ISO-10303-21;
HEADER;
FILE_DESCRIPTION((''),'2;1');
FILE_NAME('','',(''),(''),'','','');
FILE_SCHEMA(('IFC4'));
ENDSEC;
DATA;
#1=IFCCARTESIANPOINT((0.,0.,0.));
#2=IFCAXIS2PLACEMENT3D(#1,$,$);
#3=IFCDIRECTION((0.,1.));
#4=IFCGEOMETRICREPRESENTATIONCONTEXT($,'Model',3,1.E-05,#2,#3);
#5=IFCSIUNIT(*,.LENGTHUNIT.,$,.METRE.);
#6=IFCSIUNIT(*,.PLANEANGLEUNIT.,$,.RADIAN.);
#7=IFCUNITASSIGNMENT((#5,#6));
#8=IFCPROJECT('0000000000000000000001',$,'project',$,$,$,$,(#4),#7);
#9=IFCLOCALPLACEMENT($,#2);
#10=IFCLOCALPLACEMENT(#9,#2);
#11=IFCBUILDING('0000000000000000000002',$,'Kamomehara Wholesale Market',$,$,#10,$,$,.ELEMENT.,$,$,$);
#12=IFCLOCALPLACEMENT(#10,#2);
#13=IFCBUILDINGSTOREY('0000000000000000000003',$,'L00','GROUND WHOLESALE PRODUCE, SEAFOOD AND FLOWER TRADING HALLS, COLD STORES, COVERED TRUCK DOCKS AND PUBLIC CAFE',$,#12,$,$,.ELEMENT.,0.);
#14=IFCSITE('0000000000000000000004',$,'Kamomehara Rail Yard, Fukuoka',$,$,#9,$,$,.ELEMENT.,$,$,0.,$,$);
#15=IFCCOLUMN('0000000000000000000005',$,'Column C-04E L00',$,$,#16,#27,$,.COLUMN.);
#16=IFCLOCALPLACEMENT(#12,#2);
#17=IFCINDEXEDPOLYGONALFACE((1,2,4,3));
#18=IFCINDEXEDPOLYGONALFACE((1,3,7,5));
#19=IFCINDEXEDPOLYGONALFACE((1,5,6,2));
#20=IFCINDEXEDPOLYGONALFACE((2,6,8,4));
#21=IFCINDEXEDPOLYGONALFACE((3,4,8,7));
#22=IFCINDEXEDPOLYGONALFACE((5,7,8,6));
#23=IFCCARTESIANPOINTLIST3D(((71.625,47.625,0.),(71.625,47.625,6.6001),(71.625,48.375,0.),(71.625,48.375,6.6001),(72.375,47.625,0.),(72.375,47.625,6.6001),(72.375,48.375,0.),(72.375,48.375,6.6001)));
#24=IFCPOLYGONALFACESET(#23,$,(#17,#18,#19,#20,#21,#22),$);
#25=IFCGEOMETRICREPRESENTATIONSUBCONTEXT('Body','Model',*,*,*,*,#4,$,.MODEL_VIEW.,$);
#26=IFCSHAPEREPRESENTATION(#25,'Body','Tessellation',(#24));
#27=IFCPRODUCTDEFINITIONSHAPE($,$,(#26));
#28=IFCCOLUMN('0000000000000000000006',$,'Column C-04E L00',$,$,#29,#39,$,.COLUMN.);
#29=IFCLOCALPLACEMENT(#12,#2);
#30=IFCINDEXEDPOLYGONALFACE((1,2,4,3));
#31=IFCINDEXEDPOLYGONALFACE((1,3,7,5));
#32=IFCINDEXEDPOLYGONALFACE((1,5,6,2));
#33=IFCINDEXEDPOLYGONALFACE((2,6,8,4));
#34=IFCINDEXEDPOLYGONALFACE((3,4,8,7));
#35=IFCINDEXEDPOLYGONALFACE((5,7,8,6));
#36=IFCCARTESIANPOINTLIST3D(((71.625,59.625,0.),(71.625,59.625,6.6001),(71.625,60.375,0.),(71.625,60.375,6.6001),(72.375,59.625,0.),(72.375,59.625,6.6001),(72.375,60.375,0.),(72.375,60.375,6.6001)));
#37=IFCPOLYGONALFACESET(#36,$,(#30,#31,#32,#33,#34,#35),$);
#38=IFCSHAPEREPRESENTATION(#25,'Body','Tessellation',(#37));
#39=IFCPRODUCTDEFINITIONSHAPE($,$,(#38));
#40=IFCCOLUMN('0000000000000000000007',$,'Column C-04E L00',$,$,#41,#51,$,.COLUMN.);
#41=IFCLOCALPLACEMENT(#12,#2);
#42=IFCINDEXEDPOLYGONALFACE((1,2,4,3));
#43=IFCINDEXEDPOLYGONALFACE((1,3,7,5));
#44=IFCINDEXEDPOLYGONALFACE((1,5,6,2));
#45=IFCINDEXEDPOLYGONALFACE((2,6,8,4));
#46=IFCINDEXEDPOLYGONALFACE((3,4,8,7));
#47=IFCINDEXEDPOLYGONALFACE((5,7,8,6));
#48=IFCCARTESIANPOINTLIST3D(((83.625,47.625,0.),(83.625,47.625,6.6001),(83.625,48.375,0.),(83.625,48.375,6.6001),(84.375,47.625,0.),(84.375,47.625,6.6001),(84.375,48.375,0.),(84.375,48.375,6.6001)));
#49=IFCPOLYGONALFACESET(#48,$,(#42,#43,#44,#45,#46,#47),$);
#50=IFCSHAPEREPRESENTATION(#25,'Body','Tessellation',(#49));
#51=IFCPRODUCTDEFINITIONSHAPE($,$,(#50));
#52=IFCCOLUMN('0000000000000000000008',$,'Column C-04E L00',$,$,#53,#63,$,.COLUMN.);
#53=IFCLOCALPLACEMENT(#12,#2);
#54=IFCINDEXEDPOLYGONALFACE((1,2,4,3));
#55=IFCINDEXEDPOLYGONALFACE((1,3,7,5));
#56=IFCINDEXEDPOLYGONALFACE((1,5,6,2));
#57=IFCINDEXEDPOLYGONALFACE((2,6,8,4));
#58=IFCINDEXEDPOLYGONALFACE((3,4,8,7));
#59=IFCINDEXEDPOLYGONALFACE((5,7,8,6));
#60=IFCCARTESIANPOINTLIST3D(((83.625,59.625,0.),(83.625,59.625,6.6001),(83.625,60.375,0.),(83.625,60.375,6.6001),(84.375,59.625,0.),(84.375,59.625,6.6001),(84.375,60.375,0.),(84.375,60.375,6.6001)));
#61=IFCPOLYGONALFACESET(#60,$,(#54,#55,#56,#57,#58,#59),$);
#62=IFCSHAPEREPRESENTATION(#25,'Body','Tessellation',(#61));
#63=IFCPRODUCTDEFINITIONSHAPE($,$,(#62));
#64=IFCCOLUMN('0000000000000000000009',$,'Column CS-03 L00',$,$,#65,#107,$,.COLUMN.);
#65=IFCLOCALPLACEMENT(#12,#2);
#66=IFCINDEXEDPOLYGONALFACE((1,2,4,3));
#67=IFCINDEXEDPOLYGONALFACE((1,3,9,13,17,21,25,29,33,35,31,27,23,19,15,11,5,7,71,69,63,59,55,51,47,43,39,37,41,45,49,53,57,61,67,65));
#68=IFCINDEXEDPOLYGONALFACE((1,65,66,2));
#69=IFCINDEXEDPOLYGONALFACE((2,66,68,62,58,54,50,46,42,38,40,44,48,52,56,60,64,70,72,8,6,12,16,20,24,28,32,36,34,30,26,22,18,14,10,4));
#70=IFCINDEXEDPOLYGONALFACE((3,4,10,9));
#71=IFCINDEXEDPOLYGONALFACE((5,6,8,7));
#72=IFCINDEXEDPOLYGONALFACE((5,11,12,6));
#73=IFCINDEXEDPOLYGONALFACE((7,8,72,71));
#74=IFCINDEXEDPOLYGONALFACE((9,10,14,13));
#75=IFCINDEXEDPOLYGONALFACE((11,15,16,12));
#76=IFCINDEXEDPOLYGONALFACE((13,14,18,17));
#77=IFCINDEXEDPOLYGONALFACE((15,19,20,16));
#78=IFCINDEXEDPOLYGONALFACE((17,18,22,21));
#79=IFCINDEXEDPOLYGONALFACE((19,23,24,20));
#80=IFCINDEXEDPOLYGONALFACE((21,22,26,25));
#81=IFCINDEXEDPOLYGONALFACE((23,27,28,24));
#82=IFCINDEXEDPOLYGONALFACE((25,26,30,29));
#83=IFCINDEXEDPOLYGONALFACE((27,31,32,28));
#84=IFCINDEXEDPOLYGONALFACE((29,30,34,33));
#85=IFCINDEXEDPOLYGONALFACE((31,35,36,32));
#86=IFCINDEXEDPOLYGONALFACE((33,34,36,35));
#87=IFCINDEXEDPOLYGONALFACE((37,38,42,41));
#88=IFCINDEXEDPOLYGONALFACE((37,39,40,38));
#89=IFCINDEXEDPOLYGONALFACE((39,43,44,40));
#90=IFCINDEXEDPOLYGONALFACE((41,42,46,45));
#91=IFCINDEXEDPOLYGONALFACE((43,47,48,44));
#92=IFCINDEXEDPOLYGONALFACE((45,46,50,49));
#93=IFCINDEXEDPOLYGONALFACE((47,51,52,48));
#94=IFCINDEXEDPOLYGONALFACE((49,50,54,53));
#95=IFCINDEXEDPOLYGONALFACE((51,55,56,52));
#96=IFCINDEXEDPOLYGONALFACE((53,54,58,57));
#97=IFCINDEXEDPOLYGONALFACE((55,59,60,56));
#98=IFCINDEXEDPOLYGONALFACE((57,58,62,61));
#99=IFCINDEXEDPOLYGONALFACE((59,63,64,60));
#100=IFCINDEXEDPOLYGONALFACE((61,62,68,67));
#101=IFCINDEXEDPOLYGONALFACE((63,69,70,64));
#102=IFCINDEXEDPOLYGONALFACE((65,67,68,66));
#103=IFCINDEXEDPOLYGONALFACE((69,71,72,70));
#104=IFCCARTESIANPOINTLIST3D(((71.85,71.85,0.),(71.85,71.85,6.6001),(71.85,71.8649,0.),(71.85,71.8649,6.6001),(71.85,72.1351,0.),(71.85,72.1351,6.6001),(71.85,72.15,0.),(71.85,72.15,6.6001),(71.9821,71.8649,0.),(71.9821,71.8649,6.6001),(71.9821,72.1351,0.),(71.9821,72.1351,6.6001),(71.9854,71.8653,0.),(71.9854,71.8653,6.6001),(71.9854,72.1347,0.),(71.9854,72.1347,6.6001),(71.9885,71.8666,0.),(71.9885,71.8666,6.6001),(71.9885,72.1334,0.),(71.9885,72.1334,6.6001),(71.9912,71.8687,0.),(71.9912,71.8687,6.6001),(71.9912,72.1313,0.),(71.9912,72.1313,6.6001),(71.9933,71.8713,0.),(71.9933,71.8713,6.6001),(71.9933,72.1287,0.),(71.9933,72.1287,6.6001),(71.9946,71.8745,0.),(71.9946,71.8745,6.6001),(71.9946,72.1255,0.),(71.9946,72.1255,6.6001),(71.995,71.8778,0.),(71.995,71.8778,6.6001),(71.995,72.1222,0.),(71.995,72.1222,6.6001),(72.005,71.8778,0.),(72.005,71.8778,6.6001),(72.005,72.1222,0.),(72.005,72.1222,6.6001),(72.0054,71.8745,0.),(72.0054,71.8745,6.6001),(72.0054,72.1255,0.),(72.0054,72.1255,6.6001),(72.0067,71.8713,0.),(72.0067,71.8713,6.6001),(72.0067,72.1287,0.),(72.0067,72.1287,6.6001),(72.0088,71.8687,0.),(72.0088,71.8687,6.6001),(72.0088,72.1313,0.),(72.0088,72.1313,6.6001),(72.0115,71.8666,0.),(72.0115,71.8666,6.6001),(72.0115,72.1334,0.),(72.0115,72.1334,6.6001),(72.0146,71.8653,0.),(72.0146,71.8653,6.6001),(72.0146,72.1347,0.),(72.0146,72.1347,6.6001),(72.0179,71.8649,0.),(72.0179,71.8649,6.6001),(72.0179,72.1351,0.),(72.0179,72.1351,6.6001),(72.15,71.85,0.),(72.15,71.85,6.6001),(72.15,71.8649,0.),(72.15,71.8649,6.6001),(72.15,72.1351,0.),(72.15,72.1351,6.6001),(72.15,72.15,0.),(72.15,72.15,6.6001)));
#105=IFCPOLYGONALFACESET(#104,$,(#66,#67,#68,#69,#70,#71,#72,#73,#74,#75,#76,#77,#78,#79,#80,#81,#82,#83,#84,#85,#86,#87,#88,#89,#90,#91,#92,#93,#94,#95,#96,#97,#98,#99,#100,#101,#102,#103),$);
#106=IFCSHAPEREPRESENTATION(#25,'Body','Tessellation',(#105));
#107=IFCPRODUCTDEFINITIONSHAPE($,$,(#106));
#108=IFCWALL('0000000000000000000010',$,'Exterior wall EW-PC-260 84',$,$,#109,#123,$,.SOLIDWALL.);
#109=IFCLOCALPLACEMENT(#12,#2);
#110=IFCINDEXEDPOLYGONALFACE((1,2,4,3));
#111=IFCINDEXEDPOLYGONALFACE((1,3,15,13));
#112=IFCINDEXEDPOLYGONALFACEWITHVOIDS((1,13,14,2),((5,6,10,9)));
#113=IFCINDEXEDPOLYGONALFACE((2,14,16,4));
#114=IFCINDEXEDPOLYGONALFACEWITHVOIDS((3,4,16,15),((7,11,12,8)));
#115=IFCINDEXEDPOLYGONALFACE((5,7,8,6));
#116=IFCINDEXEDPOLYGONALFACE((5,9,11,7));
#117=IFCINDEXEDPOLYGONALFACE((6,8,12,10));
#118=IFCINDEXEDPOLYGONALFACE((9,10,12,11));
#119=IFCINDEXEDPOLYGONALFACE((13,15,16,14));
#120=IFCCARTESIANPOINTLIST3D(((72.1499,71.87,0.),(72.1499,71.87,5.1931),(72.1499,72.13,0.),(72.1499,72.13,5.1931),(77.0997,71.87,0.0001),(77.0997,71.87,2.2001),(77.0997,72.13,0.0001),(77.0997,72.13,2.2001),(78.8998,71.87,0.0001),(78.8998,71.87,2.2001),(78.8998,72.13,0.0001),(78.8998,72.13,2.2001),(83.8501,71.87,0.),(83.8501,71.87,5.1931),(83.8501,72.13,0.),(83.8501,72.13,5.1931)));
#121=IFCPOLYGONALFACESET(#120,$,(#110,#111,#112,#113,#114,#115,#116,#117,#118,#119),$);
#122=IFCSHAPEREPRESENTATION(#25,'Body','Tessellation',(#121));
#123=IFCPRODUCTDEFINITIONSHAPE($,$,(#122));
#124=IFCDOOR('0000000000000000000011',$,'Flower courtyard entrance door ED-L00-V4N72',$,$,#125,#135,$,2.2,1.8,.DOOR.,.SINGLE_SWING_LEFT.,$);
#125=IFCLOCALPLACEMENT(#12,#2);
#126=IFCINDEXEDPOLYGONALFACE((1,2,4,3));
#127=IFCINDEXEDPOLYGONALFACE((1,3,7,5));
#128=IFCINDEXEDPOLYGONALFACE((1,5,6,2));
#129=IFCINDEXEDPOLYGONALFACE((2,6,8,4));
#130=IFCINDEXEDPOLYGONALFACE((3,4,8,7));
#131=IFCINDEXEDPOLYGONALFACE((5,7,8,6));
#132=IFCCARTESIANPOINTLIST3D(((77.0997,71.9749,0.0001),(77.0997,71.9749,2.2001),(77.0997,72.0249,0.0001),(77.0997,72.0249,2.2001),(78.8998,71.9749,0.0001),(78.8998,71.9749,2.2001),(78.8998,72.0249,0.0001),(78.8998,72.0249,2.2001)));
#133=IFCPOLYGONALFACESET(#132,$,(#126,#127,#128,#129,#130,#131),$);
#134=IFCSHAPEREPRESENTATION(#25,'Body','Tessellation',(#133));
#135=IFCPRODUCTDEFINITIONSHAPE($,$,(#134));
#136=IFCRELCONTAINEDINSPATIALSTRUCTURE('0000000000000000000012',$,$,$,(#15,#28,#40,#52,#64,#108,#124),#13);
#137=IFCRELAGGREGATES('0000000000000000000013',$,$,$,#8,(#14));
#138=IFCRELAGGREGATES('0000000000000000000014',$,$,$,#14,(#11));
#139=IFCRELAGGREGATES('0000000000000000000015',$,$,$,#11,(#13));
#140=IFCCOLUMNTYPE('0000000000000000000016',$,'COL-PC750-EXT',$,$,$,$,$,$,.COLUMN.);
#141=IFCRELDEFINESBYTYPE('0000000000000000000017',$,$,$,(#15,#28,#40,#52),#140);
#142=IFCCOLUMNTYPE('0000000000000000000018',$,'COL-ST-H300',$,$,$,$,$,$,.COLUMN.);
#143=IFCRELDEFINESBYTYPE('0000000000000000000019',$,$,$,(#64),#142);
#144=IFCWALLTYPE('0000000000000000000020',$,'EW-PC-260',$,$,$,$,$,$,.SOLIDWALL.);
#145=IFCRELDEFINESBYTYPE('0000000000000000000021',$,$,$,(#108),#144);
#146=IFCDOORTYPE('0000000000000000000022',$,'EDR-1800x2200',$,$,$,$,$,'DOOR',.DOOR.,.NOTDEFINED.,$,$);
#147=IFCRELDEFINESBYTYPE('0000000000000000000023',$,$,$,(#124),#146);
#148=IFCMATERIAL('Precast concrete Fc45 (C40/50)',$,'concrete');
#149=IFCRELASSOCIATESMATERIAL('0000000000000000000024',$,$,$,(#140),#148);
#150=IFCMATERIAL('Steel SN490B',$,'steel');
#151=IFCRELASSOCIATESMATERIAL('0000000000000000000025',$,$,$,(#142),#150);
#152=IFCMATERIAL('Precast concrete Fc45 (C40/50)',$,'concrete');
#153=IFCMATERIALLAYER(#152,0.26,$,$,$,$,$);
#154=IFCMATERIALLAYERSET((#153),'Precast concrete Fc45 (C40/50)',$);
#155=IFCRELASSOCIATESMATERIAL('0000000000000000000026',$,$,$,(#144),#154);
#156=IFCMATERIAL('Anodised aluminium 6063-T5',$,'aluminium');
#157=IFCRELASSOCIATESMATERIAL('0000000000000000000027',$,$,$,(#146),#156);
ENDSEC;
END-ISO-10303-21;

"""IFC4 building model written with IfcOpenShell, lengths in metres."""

from ifc_helpers import new_model, si_unit, direction, frame, frame_2d, origin, origin_2d, place, context, subcontext, project, spatial, rectangle, i_section, extrude, material, layer, layer_set, material_profile, profile_set, type_object, element, fill, save


model = new_model("IFC4")

# Units and contexts
model_context = context("Model", 3, precision=1e-05, world=origin(), true_north=direction((0.0, 1.0)))
body_context = subcontext(model_context, "Body", "Model", "MODEL_VIEW")
ifc_project = project(units=[si_unit("LENGTHUNIT", "METRE"), si_unit("PLANEANGLEUNIT", "RADIAN")], contexts=[model_context])

# Site, building, storey
site_placement = place(None, origin())
site = spatial("IfcSite", under=ifc_project, at=site_placement, Name="Kamomehara Rail Yard, Fukuoka", CompositionType="ELEMENT", RefElevation=0.0)
building_placement = place(site_placement, origin())
building = spatial("IfcBuilding", under=site, at=building_placement, Name="Kamomehara Wholesale Market", CompositionType="ELEMENT")
storey_placement = place(building_placement, origin())
storey = spatial("IfcBuildingStorey", under=building, at=storey_placement, Name="L00", Description="GROUND WHOLESALE PRODUCE, SEAFOOD AND FLOWER TRADING HALLS, COLD STORES, COVERED TRUCK DOCKS AND PUBLIC CAFE", CompositionType="ELEMENT", Elevation=0.0)

# Columns
ifc_material_1 = material(Name="Precast concrete Fc45 (C40/50)", Category="concrete")
ifc_material_profile_1 = material_profile(ifc_material_1, rectangle(XDim=0.75, YDim=0.75, at=origin_2d()), Name="PC-COL-750x750")
ifc_profile_set_1 = profile_set([ifc_material_profile_1], Name="Precast concrete Fc45 (C40/50)")
column_type_1 = type_object("IfcColumnType", Name="COL-PC750-EXT", PredefinedType="COLUMN", material=ifc_profile_set_1)
for number, where, z_axis, x_axis, name in (
    (1, (72.0, 48.0, 0.0), (0.0, 0.0, 1.0), (1.0, 0.0, 0.0), "Column C-04E L00"),
    (2, (72.0, 60.0, 0.0), (0.0, 0.0, 1.0), (1.0, 0.0, 0.0), "Column C-04E L00"),
    (3, (84.0, 48.0, 0.0), (0.0, 0.0, 1.0), (1.0, 0.0, 0.0), "Column C-04E L00"),
    (4, (84.0, 60.0, 0.0), (0.0, 0.0, 1.0), (1.0, 0.0, 0.0), "Column C-04E L00"),
):
    element("IfcColumn", number, at=place(storey_placement, frame(where, z_axis=z_axis, x_axis=x_axis)), inside=storey, type_object=column_type_1, Name=name, PredefinedType="COLUMN", context=body_context, shape_type="SweptSolid", body=[
        extrude(rectangle(XDim=0.75, YDim=0.75, at=origin_2d()), origin(), (0.0, 0.0, 1.0), 6.6001),
    ])
ifc_material_2 = material(Name="Steel SN490B", Category="steel")
ifc_material_profile_2 = material_profile(ifc_material_2, i_section(OverallWidth=0.3, OverallDepth=0.3, WebThickness=0.01, FlangeThickness=0.0149, FilletRadius=0.0129, at=origin_2d()), Name="H-300x300x10x15")
ifc_profile_set_2 = profile_set([ifc_material_profile_2], Name="Steel SN490B")
column_type_2 = type_object("IfcColumnType", Name="COL-ST-H300", PredefinedType="COLUMN", material=ifc_profile_set_2)
column_placement = place(storey_placement, frame((72.0, 72.0, 0.0), z_axis=(0.0, 0.0, 1.0), x_axis=(1.0, 0.0, 0.0)))
element("IfcColumn", 5, at=column_placement, inside=storey, type_object=column_type_2, Name="Column CS-03 L00", PredefinedType="COLUMN", context=body_context, shape_type="SweptSolid", body=[
    extrude(i_section(OverallWidth=0.3, OverallDepth=0.3, WebThickness=0.01, FlangeThickness=0.0149, FilletRadius=0.0129, at=origin_2d()), origin(), (0.0, 0.0, 1.0), 6.6001),
])

# Wall, opening, door
ifc_material_3 = material(Name="Precast concrete Fc45 (C40/50)", Category="concrete")
ifc_layer = layer(ifc_material_3, 0.26)
ifc_layer_set = layer_set([ifc_layer], Name="Precast concrete Fc45 (C40/50)")
wall_type = type_object("IfcWallType", Name="EW-PC-260", PredefinedType="SOLIDWALL", material=ifc_layer_set)
wall_placement = place(storey_placement, frame((72.1499, 72.0, 0.0), z_axis=(0.0, 0.0, 1.0), x_axis=(1.0, 0.0, 0.0)))
wall = element("IfcWall", 6, at=wall_placement, inside=storey, type_object=wall_type, Name="Exterior wall EW-PC-260 84", PredefinedType="SOLIDWALL", context=body_context, shape_type="SweptSolid", body=[
    extrude(rectangle(XDim=11.7002, YDim=0.26, at=frame_2d((5.8501, 0.0))), origin(), (0.0, 0.0, 1.0), 5.1931),
])
opening_placement = place(wall_placement, frame((4.95, 0.0, 0.0)))
opening = element("IfcOpeningElement", 7, at=opening_placement, cuts=wall, PredefinedType="OPENING", context=body_context, shape_type="SweptSolid", body=[
    extrude(rectangle(XDim=1.8, YDim=2.2, at=frame_2d((0.8999, 1.1001))), frame((0.0, 0.145, 0.0), z_axis=(0.0, -1.0, 0.0), x_axis=(1.0, 0.0, 0.0)), (0.0, 0.0, 1.0), 0.2898),
])
ifc_material_4 = material(Name="Anodised aluminium 6063-T5", Category="aluminium")
door_type = type_object("IfcDoorType", Name="EDR-1800x2200", ElementType="DOOR", OperationType="NOTDEFINED", PredefinedType="DOOR", material=ifc_material_4)
door_placement = place(opening_placement, origin())
door = element("IfcDoor", 8, at=door_placement, inside=storey, type_object=door_type, Name="Flower courtyard entrance door ED-L00-V4N72", OperationType="SINGLE_SWING_LEFT", OverallHeight=2.2, OverallWidth=1.8, PredefinedType="DOOR", context=body_context, shape_type="SweptSolid", body=[
    extrude(rectangle(XDim=1.8, YDim=2.2, at=frame_2d((0.8999, 1.1001))), frame((0.0, 0.0249, 0.0), z_axis=(0.0, -1.0, 0.0), x_axis=(1.0, 0.0, 0.0)), (0.0, 0.0, 1.0), 0.05),
])
fill(opening, door)

save(model, "model.ifc")
